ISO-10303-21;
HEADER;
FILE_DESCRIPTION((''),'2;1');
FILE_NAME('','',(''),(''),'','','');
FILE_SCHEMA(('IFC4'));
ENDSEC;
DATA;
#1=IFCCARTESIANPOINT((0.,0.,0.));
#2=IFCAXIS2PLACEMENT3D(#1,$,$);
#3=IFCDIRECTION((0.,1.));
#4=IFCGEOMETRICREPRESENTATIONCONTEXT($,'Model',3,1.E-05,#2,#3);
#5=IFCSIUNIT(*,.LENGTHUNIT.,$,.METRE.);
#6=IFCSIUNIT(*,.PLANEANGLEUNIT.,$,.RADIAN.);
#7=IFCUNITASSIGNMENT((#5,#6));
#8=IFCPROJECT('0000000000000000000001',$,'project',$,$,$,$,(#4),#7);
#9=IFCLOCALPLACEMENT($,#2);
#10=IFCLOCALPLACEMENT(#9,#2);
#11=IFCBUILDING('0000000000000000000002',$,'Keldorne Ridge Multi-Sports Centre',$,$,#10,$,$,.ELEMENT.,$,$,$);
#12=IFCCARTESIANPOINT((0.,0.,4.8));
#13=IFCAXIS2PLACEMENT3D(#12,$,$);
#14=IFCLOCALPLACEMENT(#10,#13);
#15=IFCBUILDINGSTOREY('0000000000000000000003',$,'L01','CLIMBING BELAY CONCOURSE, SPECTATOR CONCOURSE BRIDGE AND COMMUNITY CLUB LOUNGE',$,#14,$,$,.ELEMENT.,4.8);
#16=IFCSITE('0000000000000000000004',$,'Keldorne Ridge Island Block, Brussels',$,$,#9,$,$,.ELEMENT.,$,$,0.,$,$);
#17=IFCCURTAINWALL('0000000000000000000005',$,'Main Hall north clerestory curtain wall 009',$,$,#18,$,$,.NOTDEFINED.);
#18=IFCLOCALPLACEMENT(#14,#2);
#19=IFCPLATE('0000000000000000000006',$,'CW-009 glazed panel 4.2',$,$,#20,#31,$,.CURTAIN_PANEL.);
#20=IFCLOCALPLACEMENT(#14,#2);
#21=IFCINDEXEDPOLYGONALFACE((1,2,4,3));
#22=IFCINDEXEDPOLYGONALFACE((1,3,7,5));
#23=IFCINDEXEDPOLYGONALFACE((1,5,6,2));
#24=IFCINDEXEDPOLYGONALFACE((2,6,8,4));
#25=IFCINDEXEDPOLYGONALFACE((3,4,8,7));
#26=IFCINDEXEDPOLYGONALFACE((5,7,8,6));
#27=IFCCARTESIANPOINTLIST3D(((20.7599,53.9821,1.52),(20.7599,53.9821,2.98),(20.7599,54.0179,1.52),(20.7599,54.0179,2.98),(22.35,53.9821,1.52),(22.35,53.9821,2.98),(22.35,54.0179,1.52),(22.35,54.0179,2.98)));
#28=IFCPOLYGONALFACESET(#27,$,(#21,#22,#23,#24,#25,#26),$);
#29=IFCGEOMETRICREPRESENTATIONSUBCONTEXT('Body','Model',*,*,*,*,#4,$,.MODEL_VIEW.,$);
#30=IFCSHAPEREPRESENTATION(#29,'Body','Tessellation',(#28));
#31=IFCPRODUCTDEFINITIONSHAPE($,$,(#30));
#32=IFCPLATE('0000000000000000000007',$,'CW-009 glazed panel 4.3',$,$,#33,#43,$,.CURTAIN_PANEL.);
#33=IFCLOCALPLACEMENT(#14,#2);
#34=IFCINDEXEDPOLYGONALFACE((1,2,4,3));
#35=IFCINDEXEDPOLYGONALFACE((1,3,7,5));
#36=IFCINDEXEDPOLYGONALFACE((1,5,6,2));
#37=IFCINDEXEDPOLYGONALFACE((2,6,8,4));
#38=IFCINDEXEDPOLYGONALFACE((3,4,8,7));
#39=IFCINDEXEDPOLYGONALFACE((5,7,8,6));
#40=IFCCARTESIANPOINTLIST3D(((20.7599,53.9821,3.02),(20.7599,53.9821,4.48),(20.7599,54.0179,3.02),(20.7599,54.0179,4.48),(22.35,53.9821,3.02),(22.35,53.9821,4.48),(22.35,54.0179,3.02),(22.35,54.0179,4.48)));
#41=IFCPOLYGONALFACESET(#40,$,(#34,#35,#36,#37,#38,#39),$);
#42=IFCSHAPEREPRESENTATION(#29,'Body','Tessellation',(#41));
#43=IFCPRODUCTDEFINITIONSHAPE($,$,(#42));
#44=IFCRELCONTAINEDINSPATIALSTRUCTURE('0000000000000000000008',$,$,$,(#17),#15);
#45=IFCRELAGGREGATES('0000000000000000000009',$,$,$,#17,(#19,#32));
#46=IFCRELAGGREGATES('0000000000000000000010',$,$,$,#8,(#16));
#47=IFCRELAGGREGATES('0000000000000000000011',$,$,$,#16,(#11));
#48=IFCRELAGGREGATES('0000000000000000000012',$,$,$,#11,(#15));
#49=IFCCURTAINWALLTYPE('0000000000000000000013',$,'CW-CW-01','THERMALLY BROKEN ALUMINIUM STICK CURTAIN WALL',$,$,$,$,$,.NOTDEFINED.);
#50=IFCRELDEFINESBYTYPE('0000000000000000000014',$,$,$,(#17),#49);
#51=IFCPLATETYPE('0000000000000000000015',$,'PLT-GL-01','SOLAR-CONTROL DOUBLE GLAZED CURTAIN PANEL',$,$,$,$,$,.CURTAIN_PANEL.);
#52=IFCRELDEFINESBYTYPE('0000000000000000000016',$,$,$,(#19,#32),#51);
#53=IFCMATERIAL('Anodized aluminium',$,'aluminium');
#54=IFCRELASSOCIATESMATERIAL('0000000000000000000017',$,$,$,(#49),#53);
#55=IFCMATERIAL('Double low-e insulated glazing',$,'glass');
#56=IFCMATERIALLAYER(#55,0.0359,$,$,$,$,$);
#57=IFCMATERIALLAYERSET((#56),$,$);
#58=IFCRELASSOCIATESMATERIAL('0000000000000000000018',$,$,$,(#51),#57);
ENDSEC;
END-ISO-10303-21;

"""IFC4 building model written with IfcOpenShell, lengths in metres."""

from ifc_helpers import new_model, si_unit, direction, frame, origin, origin_2d, place, context, subcontext, project, spatial, rectangle, extrude, material, layer, layer_set, type_object, element, aggregate, save


model = new_model("IFC4")

# Units and contexts
model_context = context("Model", 3, precision=1e-05, world=origin(), true_north=direction((0.0, 1.0)))
body_context = subcontext(model_context, "Body", "Model", "MODEL_VIEW")
ifc_project = project(units=[si_unit("LENGTHUNIT", "METRE"), si_unit("PLANEANGLEUNIT", "RADIAN")], contexts=[model_context])

# Site, building, storey
site_placement = place(None, origin())
site = spatial("IfcSite", under=ifc_project, at=site_placement, Name="Keldorne Ridge Island Block, Brussels", CompositionType="ELEMENT", RefElevation=0.0)
building_placement = place(site_placement, origin())
building = spatial("IfcBuilding", under=site, at=building_placement, Name="Keldorne Ridge Multi-Sports Centre", CompositionType="ELEMENT")
storey_placement = place(building_placement, frame((0.0, 0.0, 4.8)))
storey = spatial("IfcBuildingStorey", under=building, at=storey_placement, Name="L01", Description="CLIMBING BELAY CONCOURSE, SPECTATOR CONCOURSE BRIDGE AND COMMUNITY CLUB LOUNGE", CompositionType="ELEMENT", Elevation=4.8)

# Curtain wall
ifc_material_1 = material(Name="Anodized aluminium", Category="aluminium")
curtain_wall_type_1 = type_object("IfcCurtainWallType", Name="CW-CW-01", Description="THERMALLY BROKEN ALUMINIUM STICK CURTAIN WALL", PredefinedType="NOTDEFINED", material=ifc_material_1)
curtain_wall_1_placement = place(storey_placement, origin())
curtain_wall_1 = element("IfcCurtainWall", 1, at=curtain_wall_1_placement, inside=storey, type_object=curtain_wall_type_1, Name="Main Hall north clerestory curtain wall 009", PredefinedType="NOTDEFINED")

# Plates
ifc_material_2 = material(Name="Double low-e insulated glazing", Category="glass")
ifc_layer = layer(ifc_material_2, 0.0359)
ifc_layer_set = layer_set([ifc_layer])
plate_type = type_object("IfcPlateType", Name="PLT-GL-01", Description="SOLAR-CONTROL DOUBLE GLAZED CURTAIN PANEL", PredefinedType="CURTAIN_PANEL", material=ifc_layer_set)
plate_1_placement = place(storey_placement, frame((21.5549, 54.0, 1.52), z_axis=(0.0, 0.0, 1.0), x_axis=(-1.0, 0.0, 0.0)))
plate_1 = element("IfcPlate", 2, at=plate_1_placement, type_object=plate_type, Name="CW-009 glazed panel 4.2", PredefinedType="CURTAIN_PANEL", context=body_context, shape_type="SweptSolid", body=[
    extrude(rectangle(XDim=1.5901, YDim=0.0359, at=origin_2d()), origin(), (0.0, 0.0, 1.0), 1.46),
])
plate_2_placement = place(storey_placement, frame((21.5549, 54.0, 3.02), z_axis=(0.0, 0.0, 1.0), x_axis=(-1.0, 0.0, 0.0)))
plate_2 = element("IfcPlate", 3, at=plate_2_placement, type_object=plate_type, Name="CW-009 glazed panel 4.3", PredefinedType="CURTAIN_PANEL", context=body_context, shape_type="SweptSolid", body=[
    extrude(rectangle(XDim=1.5901, YDim=0.0359, at=origin_2d()), origin(), (0.0, 0.0, 1.0), 1.46),
])
aggregate(curtain_wall_1, [plate_1, plate_2])

save(model, "model.ifc")
